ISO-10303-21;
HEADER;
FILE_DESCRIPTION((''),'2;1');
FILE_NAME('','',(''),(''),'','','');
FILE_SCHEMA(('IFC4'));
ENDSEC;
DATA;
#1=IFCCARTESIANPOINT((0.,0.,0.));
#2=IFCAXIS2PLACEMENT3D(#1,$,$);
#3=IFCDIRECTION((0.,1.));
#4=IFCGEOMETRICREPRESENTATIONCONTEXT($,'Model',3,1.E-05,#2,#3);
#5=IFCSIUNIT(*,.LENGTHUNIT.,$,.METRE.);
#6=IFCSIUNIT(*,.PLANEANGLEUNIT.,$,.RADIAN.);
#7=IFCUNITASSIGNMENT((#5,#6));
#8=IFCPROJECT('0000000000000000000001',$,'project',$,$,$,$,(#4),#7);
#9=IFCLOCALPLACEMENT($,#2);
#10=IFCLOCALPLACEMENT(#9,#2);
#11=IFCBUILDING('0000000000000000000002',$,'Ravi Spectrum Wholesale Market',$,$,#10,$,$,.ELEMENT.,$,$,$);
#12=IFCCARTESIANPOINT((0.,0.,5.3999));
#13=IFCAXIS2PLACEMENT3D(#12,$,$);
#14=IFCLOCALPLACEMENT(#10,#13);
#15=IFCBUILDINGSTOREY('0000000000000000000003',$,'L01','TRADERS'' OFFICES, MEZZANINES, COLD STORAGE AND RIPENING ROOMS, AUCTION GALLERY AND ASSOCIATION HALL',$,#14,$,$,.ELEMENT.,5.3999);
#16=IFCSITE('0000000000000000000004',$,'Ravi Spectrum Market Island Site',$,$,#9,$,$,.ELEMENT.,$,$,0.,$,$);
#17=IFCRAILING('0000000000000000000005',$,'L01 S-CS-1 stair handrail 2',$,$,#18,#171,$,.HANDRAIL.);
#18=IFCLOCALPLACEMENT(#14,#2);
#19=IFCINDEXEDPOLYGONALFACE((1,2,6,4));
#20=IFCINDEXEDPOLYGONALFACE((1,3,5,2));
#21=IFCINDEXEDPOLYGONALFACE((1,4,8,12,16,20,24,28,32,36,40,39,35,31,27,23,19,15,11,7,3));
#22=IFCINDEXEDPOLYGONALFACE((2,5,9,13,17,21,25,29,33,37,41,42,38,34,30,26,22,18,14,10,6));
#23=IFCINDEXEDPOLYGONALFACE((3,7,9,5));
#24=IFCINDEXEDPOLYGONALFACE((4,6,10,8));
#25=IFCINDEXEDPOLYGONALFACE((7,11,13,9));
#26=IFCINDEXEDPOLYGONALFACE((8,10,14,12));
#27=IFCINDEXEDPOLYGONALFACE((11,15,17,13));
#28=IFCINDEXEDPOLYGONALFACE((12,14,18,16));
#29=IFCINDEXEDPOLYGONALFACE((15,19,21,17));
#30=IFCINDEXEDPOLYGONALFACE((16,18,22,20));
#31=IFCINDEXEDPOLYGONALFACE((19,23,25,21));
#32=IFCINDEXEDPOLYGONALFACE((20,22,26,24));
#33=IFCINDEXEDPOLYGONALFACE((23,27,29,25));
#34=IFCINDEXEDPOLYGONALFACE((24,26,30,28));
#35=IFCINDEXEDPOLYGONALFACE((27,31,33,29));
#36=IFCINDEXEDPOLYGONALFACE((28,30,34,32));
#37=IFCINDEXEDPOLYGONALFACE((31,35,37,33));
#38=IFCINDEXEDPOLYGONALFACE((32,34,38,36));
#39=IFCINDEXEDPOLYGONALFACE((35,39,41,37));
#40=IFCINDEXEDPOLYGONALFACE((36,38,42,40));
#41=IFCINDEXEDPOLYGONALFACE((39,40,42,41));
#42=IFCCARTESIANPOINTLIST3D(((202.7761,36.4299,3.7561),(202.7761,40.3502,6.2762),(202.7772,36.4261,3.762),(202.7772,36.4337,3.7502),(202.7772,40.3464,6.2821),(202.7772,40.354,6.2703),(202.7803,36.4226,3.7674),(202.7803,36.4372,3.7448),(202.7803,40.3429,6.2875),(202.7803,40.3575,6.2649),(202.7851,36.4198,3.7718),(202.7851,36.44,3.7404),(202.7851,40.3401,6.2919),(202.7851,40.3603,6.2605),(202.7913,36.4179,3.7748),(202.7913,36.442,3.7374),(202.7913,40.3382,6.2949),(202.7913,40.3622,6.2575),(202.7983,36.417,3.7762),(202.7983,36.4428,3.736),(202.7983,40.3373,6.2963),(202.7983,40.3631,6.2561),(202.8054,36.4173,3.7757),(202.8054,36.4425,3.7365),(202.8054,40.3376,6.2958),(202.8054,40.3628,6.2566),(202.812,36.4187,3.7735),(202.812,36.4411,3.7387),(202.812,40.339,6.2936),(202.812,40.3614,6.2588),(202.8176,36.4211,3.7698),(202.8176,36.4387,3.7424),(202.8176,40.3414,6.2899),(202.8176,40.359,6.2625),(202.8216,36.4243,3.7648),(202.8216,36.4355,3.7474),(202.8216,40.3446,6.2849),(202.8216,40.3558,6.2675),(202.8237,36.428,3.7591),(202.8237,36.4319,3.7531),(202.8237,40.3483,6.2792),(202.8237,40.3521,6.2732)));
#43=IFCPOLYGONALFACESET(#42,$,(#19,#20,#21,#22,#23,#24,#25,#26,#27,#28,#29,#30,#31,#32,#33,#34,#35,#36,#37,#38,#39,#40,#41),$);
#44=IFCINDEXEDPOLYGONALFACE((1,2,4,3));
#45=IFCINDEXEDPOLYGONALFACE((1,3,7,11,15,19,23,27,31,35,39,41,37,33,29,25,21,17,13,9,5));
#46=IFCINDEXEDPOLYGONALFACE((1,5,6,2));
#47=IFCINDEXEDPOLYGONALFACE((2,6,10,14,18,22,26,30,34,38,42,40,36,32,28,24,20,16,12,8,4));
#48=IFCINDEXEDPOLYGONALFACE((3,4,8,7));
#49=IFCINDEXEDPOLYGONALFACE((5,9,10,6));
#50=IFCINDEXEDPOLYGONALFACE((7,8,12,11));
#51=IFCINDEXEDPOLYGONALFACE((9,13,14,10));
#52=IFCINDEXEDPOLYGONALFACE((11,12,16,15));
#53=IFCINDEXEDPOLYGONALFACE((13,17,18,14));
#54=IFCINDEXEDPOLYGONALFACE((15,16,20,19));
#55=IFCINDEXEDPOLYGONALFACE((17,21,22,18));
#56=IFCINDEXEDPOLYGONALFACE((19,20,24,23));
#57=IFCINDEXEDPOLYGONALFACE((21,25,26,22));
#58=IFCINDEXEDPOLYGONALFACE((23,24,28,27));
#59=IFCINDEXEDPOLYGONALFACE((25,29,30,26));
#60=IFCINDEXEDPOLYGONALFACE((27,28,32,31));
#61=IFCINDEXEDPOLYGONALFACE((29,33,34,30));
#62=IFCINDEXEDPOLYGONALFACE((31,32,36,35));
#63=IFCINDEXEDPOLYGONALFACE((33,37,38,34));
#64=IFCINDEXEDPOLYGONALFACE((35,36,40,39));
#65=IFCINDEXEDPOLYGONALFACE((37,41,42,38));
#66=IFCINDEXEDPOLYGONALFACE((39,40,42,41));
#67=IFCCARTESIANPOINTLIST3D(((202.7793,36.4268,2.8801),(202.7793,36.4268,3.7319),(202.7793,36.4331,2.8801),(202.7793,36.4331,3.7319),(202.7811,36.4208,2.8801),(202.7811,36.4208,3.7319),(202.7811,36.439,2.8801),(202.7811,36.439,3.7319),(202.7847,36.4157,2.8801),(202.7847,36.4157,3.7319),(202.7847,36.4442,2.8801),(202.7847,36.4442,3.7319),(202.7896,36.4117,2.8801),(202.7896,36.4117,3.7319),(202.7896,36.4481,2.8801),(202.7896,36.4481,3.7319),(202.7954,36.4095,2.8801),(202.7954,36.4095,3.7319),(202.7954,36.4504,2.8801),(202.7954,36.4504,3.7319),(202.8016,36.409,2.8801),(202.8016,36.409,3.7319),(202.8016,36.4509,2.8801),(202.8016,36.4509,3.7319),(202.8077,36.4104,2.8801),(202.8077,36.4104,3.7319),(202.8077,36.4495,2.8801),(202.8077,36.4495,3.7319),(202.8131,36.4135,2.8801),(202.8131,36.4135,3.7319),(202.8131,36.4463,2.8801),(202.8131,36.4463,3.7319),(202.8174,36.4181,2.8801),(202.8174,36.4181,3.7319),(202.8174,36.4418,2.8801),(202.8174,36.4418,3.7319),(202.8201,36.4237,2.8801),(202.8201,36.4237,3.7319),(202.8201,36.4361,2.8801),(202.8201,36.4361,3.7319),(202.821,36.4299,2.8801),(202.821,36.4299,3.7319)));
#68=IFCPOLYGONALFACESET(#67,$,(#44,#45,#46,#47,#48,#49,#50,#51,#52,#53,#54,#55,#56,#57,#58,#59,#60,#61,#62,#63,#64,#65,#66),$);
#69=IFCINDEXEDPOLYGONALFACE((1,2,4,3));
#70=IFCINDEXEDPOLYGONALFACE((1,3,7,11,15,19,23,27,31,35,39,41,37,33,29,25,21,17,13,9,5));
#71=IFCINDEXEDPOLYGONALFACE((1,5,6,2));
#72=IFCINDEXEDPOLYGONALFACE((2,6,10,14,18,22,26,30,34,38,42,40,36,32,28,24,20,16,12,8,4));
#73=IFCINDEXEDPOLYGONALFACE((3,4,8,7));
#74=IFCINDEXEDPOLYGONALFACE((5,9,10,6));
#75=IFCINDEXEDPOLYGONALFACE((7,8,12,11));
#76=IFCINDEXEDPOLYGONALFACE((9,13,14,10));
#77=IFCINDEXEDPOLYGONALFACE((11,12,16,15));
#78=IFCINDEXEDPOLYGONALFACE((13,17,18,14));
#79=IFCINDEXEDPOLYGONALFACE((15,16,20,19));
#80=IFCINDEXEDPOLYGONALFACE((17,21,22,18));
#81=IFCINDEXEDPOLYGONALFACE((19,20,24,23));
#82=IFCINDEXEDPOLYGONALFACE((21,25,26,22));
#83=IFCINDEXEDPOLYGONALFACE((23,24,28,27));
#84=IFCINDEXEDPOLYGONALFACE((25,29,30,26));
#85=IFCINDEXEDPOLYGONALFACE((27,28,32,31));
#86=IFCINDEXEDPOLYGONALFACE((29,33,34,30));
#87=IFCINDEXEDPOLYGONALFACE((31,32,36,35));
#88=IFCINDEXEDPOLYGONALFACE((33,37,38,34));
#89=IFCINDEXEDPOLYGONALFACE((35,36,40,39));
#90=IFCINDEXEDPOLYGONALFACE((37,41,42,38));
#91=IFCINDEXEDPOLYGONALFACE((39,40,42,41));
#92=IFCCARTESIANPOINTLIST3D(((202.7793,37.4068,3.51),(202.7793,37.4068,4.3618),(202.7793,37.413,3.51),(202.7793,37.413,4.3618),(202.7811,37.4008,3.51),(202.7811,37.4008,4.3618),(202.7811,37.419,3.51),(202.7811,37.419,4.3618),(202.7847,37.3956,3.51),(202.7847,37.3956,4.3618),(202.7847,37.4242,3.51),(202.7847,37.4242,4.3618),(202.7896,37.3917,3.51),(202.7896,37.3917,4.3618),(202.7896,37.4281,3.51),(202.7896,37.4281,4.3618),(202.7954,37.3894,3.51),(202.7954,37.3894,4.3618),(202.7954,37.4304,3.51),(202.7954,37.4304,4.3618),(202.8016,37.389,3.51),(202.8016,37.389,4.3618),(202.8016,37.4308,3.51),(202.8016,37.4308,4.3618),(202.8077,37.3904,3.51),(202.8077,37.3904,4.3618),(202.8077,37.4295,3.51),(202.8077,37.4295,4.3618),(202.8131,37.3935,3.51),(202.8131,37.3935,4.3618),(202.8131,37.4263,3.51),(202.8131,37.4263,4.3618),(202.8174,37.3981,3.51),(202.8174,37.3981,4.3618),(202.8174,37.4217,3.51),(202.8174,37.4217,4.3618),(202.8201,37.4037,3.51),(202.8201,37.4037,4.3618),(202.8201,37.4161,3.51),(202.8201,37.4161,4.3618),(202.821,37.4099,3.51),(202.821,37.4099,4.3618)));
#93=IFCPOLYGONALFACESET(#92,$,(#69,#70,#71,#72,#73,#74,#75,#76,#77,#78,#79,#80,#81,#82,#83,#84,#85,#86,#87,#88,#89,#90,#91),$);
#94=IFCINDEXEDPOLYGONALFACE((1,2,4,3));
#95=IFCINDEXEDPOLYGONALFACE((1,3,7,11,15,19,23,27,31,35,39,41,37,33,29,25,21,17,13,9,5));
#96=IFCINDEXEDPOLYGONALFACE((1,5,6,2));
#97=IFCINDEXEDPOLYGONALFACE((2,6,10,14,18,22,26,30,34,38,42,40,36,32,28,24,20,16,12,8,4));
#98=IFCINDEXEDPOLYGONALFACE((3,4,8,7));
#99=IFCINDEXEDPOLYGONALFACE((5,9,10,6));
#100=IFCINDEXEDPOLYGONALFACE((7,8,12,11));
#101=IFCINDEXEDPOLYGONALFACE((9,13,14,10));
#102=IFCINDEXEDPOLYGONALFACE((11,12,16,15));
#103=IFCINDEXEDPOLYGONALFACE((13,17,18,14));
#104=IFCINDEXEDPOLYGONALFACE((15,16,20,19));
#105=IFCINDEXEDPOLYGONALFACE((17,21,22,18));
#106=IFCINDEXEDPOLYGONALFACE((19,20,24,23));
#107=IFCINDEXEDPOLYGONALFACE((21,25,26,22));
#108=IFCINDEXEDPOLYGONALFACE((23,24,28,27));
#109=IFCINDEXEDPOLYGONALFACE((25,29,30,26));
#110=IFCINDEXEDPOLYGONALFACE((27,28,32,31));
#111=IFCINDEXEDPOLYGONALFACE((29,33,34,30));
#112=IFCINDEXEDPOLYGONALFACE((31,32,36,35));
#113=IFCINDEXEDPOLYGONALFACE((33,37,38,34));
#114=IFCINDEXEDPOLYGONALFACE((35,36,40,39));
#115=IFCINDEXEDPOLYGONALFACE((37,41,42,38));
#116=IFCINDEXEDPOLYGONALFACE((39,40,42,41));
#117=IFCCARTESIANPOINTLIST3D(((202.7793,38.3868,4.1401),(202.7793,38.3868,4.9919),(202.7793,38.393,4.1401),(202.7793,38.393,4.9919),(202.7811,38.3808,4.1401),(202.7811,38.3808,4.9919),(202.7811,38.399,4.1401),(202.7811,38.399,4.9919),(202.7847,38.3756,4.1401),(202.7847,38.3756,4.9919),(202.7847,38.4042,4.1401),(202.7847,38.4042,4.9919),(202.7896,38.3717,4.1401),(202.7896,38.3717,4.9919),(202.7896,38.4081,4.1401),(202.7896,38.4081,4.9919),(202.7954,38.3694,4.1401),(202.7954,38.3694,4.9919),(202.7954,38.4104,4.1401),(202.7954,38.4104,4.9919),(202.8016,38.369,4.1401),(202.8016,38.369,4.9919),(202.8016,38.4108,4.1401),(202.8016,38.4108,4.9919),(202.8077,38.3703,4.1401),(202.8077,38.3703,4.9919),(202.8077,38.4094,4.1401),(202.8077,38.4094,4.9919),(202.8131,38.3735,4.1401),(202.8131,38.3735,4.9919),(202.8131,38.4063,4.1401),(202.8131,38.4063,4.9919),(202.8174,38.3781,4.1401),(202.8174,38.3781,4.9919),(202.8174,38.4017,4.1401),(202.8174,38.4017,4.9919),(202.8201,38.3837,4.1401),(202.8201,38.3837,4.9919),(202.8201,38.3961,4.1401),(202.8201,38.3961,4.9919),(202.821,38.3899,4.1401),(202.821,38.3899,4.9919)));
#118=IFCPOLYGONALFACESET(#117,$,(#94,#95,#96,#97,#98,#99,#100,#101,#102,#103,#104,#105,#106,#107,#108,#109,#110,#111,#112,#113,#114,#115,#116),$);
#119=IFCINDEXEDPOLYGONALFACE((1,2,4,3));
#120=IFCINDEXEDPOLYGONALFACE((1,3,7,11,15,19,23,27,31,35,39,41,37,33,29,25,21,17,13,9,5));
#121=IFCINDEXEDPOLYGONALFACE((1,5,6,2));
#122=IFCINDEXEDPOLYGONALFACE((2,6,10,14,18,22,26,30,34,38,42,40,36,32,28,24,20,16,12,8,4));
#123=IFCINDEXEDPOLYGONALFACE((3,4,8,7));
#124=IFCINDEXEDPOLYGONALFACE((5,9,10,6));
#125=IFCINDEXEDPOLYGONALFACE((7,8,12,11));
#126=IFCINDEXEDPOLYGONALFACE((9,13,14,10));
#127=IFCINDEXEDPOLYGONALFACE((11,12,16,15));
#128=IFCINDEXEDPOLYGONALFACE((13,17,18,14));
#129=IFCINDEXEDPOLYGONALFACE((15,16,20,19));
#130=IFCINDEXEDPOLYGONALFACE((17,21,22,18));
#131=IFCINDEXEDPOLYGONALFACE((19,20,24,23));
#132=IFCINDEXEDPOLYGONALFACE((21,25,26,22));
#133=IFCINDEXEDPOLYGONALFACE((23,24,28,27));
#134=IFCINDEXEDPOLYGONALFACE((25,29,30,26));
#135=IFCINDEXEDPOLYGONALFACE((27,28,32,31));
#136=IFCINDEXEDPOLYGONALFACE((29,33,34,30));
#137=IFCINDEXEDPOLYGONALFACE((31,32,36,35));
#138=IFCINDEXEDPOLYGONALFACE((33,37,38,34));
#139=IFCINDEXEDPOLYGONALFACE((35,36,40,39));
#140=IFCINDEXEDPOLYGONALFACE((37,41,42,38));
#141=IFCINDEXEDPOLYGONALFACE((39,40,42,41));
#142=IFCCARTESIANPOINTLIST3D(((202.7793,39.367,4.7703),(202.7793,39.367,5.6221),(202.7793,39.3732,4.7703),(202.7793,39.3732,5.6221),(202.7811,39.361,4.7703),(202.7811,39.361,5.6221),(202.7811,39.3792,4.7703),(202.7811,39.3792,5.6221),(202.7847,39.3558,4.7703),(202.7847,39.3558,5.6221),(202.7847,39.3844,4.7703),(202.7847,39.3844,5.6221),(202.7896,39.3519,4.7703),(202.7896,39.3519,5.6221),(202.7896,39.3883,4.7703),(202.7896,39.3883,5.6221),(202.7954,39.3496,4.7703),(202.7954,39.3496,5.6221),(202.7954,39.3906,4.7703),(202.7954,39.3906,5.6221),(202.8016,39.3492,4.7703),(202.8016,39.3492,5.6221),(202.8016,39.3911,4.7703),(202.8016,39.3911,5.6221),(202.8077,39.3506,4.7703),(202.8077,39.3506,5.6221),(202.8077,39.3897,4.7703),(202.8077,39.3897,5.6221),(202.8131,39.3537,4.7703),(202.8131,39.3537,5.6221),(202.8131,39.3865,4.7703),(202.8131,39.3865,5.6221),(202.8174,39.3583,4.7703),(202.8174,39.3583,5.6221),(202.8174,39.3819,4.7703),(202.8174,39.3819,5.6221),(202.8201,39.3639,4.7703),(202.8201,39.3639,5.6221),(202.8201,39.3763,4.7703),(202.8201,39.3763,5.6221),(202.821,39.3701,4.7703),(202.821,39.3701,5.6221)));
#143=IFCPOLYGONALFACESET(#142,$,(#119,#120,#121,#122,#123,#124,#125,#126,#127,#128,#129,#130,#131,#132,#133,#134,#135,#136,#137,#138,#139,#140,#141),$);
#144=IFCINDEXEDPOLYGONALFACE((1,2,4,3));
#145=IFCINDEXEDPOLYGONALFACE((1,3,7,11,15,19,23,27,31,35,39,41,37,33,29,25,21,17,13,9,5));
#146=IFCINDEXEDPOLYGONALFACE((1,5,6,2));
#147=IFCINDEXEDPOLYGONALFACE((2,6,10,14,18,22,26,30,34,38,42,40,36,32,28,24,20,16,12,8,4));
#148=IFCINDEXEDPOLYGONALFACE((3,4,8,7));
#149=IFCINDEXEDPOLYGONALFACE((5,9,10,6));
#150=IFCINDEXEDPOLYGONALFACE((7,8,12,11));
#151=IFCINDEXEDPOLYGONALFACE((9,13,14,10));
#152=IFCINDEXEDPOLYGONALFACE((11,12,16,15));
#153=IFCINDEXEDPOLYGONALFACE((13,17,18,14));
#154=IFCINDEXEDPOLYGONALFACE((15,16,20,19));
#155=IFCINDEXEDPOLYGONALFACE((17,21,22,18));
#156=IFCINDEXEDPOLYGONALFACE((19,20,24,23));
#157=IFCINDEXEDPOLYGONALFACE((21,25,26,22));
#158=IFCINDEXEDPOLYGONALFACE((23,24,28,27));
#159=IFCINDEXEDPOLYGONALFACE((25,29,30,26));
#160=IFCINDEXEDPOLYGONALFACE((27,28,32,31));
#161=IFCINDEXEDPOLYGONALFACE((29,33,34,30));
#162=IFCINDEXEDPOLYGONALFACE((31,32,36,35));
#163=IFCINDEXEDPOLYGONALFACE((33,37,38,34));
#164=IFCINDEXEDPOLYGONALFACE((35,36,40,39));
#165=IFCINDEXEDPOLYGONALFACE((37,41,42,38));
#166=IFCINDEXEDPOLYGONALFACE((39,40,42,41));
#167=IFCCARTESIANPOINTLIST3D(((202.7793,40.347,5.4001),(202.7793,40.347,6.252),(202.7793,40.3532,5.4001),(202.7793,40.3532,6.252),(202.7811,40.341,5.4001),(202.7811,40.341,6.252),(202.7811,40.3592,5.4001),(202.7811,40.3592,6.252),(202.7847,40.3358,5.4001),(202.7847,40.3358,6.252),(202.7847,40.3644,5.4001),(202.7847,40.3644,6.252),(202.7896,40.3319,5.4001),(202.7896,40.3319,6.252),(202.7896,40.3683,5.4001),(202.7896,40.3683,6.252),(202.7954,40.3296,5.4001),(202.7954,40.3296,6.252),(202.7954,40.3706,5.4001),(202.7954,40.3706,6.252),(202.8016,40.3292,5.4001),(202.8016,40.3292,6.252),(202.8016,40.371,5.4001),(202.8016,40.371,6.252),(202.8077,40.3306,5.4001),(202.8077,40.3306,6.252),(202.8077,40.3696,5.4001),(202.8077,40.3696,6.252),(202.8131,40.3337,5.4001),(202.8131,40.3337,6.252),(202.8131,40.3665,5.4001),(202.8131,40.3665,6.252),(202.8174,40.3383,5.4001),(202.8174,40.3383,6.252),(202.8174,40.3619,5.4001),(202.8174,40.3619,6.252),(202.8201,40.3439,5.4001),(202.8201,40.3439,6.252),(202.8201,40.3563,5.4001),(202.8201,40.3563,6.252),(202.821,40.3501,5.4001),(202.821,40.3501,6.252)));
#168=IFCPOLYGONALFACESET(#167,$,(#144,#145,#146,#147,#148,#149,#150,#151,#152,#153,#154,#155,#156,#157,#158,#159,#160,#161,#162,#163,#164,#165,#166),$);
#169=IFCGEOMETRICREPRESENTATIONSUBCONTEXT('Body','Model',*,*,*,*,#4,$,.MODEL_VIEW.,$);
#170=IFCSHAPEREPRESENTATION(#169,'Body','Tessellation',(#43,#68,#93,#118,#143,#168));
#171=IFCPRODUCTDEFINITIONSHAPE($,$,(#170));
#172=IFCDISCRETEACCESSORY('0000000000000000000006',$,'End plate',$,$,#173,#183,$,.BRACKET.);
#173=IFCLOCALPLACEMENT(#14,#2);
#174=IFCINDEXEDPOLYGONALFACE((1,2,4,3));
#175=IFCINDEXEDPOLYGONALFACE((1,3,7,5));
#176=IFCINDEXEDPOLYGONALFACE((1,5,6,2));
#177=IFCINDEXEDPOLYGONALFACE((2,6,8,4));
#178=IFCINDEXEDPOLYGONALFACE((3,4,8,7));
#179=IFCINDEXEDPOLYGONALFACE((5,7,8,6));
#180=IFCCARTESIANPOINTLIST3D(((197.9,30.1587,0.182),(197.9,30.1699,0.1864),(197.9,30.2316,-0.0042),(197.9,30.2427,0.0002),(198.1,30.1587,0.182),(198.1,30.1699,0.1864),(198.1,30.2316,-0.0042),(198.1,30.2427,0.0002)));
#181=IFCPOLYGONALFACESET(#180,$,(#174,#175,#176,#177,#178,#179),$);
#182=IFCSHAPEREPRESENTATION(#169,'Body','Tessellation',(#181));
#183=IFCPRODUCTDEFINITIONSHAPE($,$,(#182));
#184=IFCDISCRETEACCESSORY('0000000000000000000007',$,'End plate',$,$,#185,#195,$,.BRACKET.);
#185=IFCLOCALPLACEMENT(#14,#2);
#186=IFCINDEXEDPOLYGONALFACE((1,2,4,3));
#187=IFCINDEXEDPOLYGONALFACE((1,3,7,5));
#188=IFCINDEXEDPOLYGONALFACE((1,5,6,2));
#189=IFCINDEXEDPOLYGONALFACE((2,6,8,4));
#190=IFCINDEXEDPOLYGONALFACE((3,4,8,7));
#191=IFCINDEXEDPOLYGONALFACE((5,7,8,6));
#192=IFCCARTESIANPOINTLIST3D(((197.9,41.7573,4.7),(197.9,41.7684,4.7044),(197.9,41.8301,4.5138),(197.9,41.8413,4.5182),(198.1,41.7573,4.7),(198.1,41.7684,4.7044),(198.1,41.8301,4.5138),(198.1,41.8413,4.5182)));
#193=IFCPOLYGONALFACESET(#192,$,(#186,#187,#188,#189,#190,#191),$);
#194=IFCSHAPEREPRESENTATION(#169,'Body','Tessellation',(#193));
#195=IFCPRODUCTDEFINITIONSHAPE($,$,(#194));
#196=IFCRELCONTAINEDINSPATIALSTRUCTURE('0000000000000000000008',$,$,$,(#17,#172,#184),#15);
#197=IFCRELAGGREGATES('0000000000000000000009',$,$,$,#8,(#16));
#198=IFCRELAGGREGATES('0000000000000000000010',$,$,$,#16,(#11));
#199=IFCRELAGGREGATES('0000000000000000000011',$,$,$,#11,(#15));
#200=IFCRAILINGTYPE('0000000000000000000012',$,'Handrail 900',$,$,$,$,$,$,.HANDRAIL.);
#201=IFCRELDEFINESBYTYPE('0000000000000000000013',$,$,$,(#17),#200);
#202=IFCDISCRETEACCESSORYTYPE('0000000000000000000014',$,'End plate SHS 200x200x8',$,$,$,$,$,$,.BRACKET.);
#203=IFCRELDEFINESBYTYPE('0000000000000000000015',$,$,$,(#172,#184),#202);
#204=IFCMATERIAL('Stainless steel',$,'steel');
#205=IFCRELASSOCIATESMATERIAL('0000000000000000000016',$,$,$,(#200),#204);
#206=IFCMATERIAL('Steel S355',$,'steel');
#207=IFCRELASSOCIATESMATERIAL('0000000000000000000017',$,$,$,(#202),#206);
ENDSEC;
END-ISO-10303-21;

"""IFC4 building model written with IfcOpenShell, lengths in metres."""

from ifc_helpers import new_model, si_unit, direction, frame, origin, origin_2d, place, context, subcontext, project, spatial, rectangle, circle, extrude, material, material_profile, profile_set, type_object, element, save


model = new_model("IFC4")

# Units and contexts
model_context = context("Model", 3, precision=1e-05, world=origin(), true_north=direction((0.0, 1.0)))
body_context = subcontext(model_context, "Body", "Model", "MODEL_VIEW")
ifc_project = project(units=[si_unit("LENGTHUNIT", "METRE"), si_unit("PLANEANGLEUNIT", "RADIAN")], contexts=[model_context])

# Site, building, storey
site_placement = place(None, origin())
site = spatial("IfcSite", under=ifc_project, at=site_placement, Name="Ravi Spectrum Market Island Site", CompositionType="ELEMENT", RefElevation=0.0)
building_placement = place(site_placement, origin())
building = spatial("IfcBuilding", under=site, at=building_placement, Name="Ravi Spectrum Wholesale Market", CompositionType="ELEMENT")
storey_placement = place(building_placement, frame((0.0, 0.0, 5.3999)))
storey = spatial("IfcBuildingStorey", under=building, at=storey_placement, Name="L01", Description="TRADERS' OFFICES, MEZZANINES, COLD STORAGE AND RIPENING ROOMS, AUCTION GALLERY AND ASSOCIATION HALL", CompositionType="ELEMENT", Elevation=5.3999)

# Railing
ifc_material_1 = material(Name="Stainless steel", Category="steel")
railing_type_1 = type_object("IfcRailingType", Name="Handrail 900", PredefinedType="HANDRAIL", material=ifc_material_1)
railing_1_placement = place(storey_placement, frame((202.8, 36.4299, 2.8801)))
element("IfcRailing", 1, at=railing_1_placement, inside=storey, type_object=railing_type_1, Name="L01 S-CS-1 stair handrail 2", PredefinedType="HANDRAIL", context=body_context, shape_type="SweptSolid", body=[
    extrude(circle(Radius=0.0239, at=origin_2d()), frame((0.0, 0.0, 0.876), z_axis=(0.0, 0.841187, 0.540744), x_axis=(-1.0, 0.0, 0.0)), (0.0, 0.0, 1.0), 4.6604),
    extrude(circle(Radius=0.021, at=origin_2d()), origin(), (0.0, 0.0, 1.0), 0.8518),
    extrude(circle(Radius=0.021, at=origin_2d()), frame((0.0, 0.98, 0.6299)), (0.0, 0.0, 1.0), 0.8518),
    extrude(circle(Radius=0.021, at=origin_2d()), frame((0.0, 1.96, 1.26)), (0.0, 0.0, 1.0), 0.8518),
    extrude(circle(Radius=0.021, at=origin_2d()), frame((0.0, 2.9402, 1.8901)), (0.0, 0.0, 1.0), 0.8518),
    extrude(circle(Radius=0.021, at=origin_2d()), frame((0.0, 3.9202, 2.52)), (0.0, 0.0, 1.0), 0.8518),
])

# Discrete accessories
ifc_material_2 = material(Name="Steel S355", Category="steel")
ifc_material_profile_1 = material_profile(ifc_material_2, rectangle(XDim=0.2, YDim=0.2, at=origin_2d()))
ifc_profile_set_1 = profile_set([ifc_material_profile_1], Name="Steel S355")
discrete_accessory_type = type_object("IfcDiscreteAccessoryType", Name="End plate SHS 200x200x8", PredefinedType="BRACKET", material=ifc_profile_set_1)
for number, where, z_axis, x_axis, name in (
    (2, (198.0, 30.2063, 0.0933), (0.0, -0.931243, -0.364399), (1.0, 0.0, 0.0), "End plate"),
    (3, (198.0, 41.7937, 4.6069), (0.0, 0.931243, 0.364399), (-1.0, 0.0, 0.0), "End plate"),
):
    element("IfcDiscreteAccessory", number, at=place(storey_placement, frame(where, z_axis=z_axis, x_axis=x_axis)), inside=storey, type_object=discrete_accessory_type, Name=name, PredefinedType="BRACKET", context=body_context, shape_type="SweptSolid", body=[
        extrude(rectangle(XDim=0.2, YDim=0.2, at=origin_2d()), origin(), (0.0, 0.0, 1.0), 0.012),
    ])

save(model, "model.ifc")
